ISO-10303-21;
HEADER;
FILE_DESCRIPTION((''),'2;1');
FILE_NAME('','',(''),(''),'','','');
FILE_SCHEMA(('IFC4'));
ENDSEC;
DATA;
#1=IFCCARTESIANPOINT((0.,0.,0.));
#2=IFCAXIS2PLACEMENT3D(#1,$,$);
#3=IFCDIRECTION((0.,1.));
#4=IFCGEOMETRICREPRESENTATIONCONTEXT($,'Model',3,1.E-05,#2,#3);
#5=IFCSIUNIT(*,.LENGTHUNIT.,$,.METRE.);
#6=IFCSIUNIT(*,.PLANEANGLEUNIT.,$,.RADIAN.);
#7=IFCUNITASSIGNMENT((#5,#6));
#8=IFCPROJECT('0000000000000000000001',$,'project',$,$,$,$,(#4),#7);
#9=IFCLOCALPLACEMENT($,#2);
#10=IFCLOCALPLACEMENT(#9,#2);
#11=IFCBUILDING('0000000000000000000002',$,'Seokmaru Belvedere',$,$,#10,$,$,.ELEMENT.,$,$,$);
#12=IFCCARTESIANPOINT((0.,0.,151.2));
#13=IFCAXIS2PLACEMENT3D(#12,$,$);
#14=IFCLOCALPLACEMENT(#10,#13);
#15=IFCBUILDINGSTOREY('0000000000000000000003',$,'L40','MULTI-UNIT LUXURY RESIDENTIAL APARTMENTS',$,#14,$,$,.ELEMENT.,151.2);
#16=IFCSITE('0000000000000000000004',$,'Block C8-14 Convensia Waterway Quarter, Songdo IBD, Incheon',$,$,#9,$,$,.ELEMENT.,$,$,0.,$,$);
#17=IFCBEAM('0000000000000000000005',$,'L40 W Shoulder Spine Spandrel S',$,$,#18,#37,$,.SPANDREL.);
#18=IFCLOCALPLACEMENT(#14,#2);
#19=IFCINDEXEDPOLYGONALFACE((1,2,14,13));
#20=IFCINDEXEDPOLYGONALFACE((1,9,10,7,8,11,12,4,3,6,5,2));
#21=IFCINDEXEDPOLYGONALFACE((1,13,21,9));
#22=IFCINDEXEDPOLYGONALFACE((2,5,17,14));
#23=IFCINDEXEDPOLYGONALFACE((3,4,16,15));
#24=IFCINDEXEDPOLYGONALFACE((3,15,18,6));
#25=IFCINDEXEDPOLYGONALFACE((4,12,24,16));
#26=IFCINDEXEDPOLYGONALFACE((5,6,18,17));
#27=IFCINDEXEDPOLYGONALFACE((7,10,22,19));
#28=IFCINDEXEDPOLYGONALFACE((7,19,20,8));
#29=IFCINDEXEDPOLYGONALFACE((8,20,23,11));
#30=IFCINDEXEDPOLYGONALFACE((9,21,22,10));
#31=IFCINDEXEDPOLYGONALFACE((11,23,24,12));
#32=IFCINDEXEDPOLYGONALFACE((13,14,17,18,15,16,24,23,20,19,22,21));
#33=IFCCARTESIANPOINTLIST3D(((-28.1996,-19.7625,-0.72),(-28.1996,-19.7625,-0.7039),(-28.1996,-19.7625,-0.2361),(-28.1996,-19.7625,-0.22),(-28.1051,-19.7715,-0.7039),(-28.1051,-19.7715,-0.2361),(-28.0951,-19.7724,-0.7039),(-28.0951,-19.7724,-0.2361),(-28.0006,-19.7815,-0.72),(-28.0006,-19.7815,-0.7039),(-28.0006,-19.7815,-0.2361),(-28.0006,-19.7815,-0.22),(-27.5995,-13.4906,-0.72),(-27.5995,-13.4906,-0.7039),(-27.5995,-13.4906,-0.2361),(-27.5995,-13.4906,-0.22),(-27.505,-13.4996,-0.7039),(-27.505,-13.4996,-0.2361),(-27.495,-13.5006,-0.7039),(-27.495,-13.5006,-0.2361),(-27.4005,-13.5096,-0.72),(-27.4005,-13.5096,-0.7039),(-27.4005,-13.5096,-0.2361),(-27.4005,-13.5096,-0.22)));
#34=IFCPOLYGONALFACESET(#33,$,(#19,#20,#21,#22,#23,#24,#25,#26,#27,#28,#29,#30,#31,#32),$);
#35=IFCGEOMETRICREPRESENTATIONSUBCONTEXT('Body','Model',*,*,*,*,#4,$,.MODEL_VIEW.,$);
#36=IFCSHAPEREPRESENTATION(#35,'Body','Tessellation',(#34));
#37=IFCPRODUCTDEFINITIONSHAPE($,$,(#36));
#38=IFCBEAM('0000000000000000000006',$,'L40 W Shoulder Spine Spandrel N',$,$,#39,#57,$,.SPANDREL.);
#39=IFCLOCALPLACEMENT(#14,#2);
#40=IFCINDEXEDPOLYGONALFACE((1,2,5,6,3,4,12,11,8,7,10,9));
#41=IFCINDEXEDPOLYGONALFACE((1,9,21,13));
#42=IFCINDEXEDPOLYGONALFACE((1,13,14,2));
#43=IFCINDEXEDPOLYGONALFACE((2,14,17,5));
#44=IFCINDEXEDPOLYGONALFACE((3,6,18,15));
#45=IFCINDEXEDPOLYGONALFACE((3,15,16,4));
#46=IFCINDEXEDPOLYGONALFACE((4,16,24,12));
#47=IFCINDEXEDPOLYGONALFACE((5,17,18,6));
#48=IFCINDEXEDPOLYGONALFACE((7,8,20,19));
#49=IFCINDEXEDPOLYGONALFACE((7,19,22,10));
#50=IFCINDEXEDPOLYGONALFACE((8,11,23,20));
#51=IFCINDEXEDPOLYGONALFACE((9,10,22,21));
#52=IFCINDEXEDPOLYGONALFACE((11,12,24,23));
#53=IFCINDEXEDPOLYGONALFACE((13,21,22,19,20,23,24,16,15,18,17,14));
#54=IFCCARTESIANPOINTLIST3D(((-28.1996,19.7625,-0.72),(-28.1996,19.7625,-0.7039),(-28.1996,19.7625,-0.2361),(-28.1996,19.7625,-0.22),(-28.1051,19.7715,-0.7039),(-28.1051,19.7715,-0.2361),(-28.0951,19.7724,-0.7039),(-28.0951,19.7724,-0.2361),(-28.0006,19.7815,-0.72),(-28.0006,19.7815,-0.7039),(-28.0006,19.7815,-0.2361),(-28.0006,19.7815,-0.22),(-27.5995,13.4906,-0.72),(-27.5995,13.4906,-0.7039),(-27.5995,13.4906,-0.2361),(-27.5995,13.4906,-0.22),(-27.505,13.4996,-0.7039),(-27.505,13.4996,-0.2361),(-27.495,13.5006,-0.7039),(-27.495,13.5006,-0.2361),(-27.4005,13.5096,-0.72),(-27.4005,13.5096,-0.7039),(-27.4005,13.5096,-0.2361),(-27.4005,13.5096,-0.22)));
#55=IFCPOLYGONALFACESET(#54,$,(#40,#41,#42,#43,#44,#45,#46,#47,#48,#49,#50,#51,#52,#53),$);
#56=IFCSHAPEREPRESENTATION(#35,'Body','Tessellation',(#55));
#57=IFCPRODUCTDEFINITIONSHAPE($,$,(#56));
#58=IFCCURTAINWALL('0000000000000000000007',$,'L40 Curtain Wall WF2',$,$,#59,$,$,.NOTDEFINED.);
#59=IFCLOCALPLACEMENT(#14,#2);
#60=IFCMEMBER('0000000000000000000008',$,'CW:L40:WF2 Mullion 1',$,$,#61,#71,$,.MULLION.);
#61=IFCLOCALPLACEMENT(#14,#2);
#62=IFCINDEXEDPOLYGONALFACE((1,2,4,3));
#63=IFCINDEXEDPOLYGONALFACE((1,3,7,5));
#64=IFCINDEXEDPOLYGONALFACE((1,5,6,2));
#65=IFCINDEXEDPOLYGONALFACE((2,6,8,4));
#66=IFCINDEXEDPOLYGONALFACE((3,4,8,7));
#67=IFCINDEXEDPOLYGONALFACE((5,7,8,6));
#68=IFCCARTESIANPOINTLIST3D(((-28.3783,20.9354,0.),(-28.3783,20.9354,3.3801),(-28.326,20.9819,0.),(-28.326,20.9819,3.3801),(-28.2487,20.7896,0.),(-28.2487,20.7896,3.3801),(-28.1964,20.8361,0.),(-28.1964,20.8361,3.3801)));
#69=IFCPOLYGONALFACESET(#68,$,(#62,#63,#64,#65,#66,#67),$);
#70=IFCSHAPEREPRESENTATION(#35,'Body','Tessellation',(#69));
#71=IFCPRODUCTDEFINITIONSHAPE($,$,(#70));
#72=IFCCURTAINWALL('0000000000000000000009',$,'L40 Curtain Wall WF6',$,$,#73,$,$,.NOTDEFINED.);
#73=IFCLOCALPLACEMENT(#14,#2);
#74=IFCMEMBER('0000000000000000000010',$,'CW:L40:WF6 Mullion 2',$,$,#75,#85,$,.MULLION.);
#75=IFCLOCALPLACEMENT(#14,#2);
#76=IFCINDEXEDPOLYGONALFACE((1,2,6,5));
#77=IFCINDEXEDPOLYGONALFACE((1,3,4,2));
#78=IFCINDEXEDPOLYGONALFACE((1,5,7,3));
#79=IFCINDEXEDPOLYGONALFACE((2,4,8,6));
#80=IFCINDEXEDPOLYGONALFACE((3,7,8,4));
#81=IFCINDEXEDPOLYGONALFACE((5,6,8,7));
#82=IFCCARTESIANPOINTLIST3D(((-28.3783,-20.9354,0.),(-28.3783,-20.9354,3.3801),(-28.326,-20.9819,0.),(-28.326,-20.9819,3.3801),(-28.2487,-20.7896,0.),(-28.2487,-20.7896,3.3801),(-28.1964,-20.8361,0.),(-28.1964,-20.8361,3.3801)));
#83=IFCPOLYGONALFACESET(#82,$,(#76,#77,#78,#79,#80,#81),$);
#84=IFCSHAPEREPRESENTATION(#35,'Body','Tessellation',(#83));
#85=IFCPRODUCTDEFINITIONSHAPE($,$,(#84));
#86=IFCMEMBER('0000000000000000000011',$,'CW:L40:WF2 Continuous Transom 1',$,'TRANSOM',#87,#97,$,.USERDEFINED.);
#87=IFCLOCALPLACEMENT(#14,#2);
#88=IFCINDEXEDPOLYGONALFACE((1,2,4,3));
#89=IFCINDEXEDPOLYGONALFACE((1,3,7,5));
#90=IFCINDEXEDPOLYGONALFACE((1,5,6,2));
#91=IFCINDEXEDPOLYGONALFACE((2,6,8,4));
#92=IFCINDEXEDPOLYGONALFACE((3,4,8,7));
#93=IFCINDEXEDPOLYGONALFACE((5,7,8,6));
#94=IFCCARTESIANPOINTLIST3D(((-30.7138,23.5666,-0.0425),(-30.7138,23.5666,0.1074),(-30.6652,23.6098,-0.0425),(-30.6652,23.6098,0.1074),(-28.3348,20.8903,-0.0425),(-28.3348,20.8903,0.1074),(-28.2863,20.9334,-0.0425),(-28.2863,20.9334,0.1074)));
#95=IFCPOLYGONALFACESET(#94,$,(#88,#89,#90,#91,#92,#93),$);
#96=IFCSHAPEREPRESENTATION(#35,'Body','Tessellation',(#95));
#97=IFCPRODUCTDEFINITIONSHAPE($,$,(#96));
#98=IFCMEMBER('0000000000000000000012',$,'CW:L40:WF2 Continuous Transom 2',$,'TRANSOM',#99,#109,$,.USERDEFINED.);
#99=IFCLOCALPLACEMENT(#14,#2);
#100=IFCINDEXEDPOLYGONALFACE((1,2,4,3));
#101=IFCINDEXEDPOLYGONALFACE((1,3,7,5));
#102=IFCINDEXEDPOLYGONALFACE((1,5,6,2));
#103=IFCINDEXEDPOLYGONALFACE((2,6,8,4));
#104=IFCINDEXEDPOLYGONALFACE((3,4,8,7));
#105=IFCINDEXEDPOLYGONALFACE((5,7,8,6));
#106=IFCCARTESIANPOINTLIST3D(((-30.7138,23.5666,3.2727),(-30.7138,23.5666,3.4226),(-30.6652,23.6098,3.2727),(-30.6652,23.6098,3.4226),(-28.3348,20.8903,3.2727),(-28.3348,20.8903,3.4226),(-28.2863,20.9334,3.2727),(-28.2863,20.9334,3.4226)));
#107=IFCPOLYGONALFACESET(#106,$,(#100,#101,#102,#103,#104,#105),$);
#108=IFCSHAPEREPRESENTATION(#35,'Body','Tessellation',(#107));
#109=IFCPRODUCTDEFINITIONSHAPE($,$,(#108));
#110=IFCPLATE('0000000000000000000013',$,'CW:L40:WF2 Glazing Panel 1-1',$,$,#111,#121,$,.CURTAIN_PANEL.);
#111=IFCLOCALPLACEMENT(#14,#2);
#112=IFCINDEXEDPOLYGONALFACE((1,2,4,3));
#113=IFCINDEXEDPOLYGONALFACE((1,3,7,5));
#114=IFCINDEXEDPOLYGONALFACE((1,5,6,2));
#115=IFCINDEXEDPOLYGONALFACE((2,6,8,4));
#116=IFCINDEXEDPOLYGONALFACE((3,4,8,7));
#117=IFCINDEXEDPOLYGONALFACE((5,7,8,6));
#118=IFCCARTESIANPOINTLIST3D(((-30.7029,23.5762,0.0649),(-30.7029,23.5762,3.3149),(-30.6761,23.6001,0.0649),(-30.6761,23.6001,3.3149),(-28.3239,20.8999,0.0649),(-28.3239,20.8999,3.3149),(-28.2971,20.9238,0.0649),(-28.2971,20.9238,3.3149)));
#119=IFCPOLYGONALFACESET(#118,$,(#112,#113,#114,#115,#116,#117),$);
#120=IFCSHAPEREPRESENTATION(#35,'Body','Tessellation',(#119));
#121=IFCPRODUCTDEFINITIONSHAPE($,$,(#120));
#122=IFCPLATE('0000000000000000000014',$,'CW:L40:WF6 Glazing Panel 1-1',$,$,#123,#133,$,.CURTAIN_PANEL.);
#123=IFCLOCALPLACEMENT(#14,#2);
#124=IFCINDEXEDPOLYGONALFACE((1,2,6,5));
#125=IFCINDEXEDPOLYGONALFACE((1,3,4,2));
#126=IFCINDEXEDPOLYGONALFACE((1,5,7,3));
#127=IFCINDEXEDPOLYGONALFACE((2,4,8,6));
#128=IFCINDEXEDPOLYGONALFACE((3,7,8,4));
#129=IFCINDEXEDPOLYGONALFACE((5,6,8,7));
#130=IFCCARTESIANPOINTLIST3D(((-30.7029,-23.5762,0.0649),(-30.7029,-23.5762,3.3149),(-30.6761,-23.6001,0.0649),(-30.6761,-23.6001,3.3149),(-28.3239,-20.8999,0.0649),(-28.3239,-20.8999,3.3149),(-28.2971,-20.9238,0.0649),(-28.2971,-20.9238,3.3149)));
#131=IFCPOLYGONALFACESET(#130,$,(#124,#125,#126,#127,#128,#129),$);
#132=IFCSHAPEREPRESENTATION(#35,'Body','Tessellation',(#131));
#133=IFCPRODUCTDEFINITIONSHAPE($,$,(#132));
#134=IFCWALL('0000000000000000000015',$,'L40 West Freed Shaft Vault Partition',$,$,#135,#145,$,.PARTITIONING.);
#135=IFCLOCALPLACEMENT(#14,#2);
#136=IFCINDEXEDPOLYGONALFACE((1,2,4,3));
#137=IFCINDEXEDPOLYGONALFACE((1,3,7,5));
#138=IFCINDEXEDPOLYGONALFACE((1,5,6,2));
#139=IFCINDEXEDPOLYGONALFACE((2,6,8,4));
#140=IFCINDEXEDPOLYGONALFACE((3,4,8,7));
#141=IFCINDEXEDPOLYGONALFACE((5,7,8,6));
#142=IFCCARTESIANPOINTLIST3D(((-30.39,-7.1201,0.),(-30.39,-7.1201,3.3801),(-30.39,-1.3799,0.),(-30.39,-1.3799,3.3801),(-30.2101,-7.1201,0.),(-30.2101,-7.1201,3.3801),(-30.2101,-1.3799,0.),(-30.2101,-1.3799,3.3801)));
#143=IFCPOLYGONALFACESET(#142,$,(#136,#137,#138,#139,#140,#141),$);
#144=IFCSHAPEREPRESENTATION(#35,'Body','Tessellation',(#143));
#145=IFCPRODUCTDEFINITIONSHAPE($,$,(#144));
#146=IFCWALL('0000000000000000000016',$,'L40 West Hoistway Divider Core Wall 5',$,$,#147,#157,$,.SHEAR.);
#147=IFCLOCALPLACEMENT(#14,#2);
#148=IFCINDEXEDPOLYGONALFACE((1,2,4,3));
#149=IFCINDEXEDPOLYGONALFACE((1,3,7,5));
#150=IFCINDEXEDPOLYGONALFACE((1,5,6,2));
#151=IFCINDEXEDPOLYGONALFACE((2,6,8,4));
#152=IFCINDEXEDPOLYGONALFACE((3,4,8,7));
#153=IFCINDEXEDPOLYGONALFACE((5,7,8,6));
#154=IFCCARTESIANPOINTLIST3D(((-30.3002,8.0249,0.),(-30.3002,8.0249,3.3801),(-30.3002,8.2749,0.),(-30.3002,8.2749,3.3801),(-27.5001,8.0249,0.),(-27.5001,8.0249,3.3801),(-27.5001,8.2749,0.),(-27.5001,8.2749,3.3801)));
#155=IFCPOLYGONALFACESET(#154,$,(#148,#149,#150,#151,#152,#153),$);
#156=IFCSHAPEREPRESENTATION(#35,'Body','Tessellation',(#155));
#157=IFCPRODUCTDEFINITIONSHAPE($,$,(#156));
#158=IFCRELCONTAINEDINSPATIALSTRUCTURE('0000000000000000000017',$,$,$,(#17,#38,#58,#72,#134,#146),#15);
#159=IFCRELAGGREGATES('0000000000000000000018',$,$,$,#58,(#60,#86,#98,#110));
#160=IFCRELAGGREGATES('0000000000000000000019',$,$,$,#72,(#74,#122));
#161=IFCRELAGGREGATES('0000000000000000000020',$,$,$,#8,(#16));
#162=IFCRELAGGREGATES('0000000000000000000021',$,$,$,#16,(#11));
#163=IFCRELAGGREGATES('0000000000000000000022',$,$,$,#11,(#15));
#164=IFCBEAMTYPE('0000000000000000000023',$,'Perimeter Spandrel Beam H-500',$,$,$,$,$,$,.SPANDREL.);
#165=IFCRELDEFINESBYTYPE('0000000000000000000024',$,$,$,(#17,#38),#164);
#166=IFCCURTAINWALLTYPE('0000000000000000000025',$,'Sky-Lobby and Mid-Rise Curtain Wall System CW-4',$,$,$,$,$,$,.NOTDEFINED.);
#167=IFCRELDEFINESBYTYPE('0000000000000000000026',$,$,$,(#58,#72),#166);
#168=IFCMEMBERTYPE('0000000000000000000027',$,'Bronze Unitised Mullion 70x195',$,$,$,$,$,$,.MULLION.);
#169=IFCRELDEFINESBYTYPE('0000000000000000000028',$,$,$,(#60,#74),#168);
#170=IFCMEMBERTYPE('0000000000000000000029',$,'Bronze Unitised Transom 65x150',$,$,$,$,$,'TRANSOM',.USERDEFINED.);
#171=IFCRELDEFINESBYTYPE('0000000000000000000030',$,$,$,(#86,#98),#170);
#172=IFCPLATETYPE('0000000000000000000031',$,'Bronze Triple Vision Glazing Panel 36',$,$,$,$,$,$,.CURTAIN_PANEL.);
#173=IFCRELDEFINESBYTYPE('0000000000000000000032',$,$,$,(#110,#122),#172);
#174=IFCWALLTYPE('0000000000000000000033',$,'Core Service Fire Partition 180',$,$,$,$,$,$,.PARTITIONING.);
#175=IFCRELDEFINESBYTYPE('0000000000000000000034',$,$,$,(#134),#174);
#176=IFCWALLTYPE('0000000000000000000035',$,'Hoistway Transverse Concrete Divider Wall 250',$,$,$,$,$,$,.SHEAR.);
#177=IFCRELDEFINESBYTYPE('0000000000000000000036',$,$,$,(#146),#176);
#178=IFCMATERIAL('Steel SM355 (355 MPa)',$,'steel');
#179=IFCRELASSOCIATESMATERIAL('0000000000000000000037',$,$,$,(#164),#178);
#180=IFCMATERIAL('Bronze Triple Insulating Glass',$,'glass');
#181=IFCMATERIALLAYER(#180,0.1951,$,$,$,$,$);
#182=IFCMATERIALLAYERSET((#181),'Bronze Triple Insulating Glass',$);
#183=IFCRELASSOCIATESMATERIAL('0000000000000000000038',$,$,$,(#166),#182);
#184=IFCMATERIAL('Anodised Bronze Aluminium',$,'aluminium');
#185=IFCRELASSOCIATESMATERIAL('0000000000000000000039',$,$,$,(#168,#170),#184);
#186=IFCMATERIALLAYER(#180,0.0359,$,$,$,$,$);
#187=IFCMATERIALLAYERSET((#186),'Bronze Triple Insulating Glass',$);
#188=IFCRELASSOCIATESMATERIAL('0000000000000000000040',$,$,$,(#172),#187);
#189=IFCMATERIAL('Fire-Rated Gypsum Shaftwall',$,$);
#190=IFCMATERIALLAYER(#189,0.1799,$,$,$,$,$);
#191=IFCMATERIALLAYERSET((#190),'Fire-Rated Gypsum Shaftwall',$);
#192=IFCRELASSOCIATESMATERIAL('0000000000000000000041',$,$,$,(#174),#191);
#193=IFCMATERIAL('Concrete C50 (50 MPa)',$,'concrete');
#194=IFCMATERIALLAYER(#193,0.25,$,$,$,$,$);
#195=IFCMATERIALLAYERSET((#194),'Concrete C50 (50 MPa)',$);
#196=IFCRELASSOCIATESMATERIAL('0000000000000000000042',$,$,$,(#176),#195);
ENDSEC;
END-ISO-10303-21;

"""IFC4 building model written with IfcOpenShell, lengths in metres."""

from ifc_helpers import new_model, si_unit, direction, frame, frame_2d, origin, origin_2d, place, context, subcontext, project, spatial, rectangle, i_section, extrude, source, transform, mapped, material, layer, layer_set, material_profile, profile_set, type_object, type_shapes, element, aggregate, save


model = new_model("IFC4")

# Units and contexts
model_context = context("Model", 3, precision=1e-05, world=origin(), true_north=direction((0.0, 1.0)))
body_context = subcontext(model_context, "Body", "Model", "MODEL_VIEW")
ifc_project = project(units=[si_unit("LENGTHUNIT", "METRE"), si_unit("PLANEANGLEUNIT", "RADIAN")], contexts=[model_context])

# Site, building, storey
site_placement = place(None, origin())
site = spatial("IfcSite", under=ifc_project, at=site_placement, Name="Block C8-14 Convensia Waterway Quarter, Songdo IBD, Incheon", CompositionType="ELEMENT", RefElevation=0.0)
building_placement = place(site_placement, origin())
building = spatial("IfcBuilding", under=site, at=building_placement, Name="Seokmaru Belvedere", CompositionType="ELEMENT")
storey_placement = place(building_placement, frame((0.0, 0.0, 151.2)))
storey = spatial("IfcBuildingStorey", under=building, at=storey_placement, Name="L40", Description="MULTI-UNIT LUXURY RESIDENTIAL APARTMENTS", CompositionType="ELEMENT", Elevation=151.2)

# Shared definitions
ifc_material_1 = material(Name="Steel SM355 (355 MPa)", Category="steel")

# Beams
ifc_material_profile_1 = material_profile(ifc_material_1, i_section(OverallWidth=0.2, OverallDepth=0.5, WebThickness=0.01, FlangeThickness=0.0161, at=origin_2d()), Name="H-500x200x10x16")
ifc_profile_set_1 = profile_set([ifc_material_profile_1], Name="Steel SM355 (355 MPa)")
beam_type = type_object("IfcBeamType", Name="Perimeter Spandrel Beam H-500", PredefinedType="SPANDREL", material=ifc_profile_set_1)
shared_shape_1 = source(origin(), body_context, "Body", "SweptSolid", [
    extrude(i_section(OverallWidth=0.2, OverallDepth=0.5, WebThickness=0.01, FlangeThickness=0.0161, at=origin_2d()), origin(), (0.0, 0.0, 1.0), 6.3005),
])
for number, where, z_axis, x_axis, name in (
    (1, (-28.1001, -19.772, -0.47), (0.095244, 0.995454, 0.0), (-0.995454, 0.095244, 0.0), "L40 W Shoulder Spine Spandrel S"),
    (2, (-28.1001, 19.772, -0.47), (0.095244, -0.995454, 0.0), (0.995454, 0.095244, 0.0), "L40 W Shoulder Spine Spandrel N"),
):
    element("IfcBeam", number, at=place(storey_placement, frame(where, z_axis=z_axis, x_axis=x_axis)), inside=storey, type_object=beam_type, Name=name, PredefinedType="SPANDREL", context=body_context, shape_type="MappedRepresentation", body=[
        mapped(shared_shape_1, transform((0.0, 0.0, 0.0), scale=1.0)),
    ])

# Curtain walls, members
ifc_material_2 = material(Name="Bronze Triple Insulating Glass", Category="glass")
ifc_layer_1 = layer(ifc_material_2, 0.1951)
ifc_layer_set_1 = layer_set([ifc_layer_1], Name="Bronze Triple Insulating Glass")
curtain_wall_type = type_object("IfcCurtainWallType", Name="Sky-Lobby and Mid-Rise Curtain Wall System CW-4", PredefinedType="NOTDEFINED", material=ifc_layer_set_1)
curtain_wall_1_placement = place(storey_placement, origin())
curtain_wall_1 = element("IfcCurtainWall", 3, at=curtain_wall_1_placement, inside=storey, type_object=curtain_wall_type, Name="L40 Curtain Wall WF2", PredefinedType="NOTDEFINED")
ifc_material_3 = material(Name="Anodised Bronze Aluminium", Category="aluminium")
ifc_material_profile_2 = material_profile(ifc_material_3, rectangle(XDim=0.0701, YDim=0.1951, at=origin_2d()), Name="CW-M-70x195")
ifc_profile_set_2 = profile_set([ifc_material_profile_2], Name="Anodised Bronze Aluminium")
member_type_1 = type_object("IfcMemberType", Name="Bronze Unitised Mullion 70x195", PredefinedType="MULLION", material=ifc_profile_set_2)
shared_shape_2 = source(origin(), body_context, "Body", "SweptSolid", [
    extrude(rectangle(XDim=0.0701, YDim=0.1951, at=origin_2d()), origin(), (0.0, 0.0, 1.0), 3.3801),
])
type_shapes(member_type_1, [shared_shape_2])
member_1_placement = place(storey_placement, frame((-28.2874, 20.8857, 0.0), z_axis=(0.0, 0.0, 1.0), x_axis=(-0.74741, -0.664363, 0.0)))
member_1 = element("IfcMember", 4, at=member_1_placement, type_object=member_type_1, Name="CW:L40:WF2 Mullion 1", PredefinedType="MULLION", context=body_context, shape_type="MappedRepresentation", body=[
    mapped(shared_shape_2, transform((0.0, 0.0, 0.0), scale=1.0)),
])
curtain_wall_2_placement = place(storey_placement, origin())
curtain_wall_2 = element("IfcCurtainWall", 5, at=curtain_wall_2_placement, inside=storey, type_object=curtain_wall_type, Name="L40 Curtain Wall WF6", PredefinedType="NOTDEFINED")
member_2_placement = place(storey_placement, frame((-28.2874, -20.8857, 0.0), z_axis=(0.0, 0.0, 1.0), x_axis=(-0.74741, 0.664363, 0.0)))
member_2 = element("IfcMember", 6, at=member_2_placement, type_object=member_type_1, Name="CW:L40:WF6 Mullion 2", PredefinedType="MULLION", context=body_context, shape_type="MappedRepresentation", body=[
    mapped(shared_shape_2, transform((0.0, 0.0, 0.0), scale=1.0)),
])

# Members
ifc_material_profile_3 = material_profile(ifc_material_3, rectangle(XDim=0.0649, YDim=0.1499, at=origin_2d()), Name="CW-T-65x150")
ifc_profile_set_3 = profile_set([ifc_material_profile_3], Name="Anodised Bronze Aluminium")
member_type_2 = type_object("IfcMemberType", Name="Bronze Unitised Transom 65x150", ElementType="TRANSOM", PredefinedType="USERDEFINED", material=ifc_profile_set_3)
shared_shape_3 = source(origin(), body_context, "Body", "SweptSolid", [
    extrude(rectangle(XDim=0.0649, YDim=0.1499, at=origin_2d()), origin(), (0.0, 0.0, 1.0), 3.5808),
])
type_shapes(member_type_2, [shared_shape_3])
member_3_placement = place(storey_placement, frame((-28.3105, 20.9119, 0.0325), z_axis=(-0.664364, 0.747409, 0.0), x_axis=(-0.747409, -0.664364, 0.0)))
member_3 = element("IfcMember", 7, at=member_3_placement, type_object=member_type_2, Name="CW:L40:WF2 Continuous Transom 1", ObjectType="TRANSOM", PredefinedType="USERDEFINED", context=body_context, shape_type="MappedRepresentation", body=[
    mapped(shared_shape_3, transform((0.0, 0.0, 0.0), scale=1.0)),
])
member_4_placement = place(storey_placement, frame((-28.3105, 20.9119, 3.3477), z_axis=(-0.664364, 0.747409, 0.0), x_axis=(-0.747409, -0.664364, 0.0)))
member_4 = element("IfcMember", 8, at=member_4_placement, type_object=member_type_2, Name="CW:L40:WF2 Continuous Transom 2", ObjectType="TRANSOM", PredefinedType="USERDEFINED", context=body_context, shape_type="MappedRepresentation", body=[
    mapped(shared_shape_3, transform((0.0, 0.0, 0.0), scale=1.0)),
])

# Plates
ifc_layer_2 = layer(ifc_material_2, 0.0359)
ifc_layer_set_2 = layer_set([ifc_layer_2], Name="Bronze Triple Insulating Glass")
plate_type = type_object("IfcPlateType", Name="Bronze Triple Vision Glazing Panel 36", PredefinedType="CURTAIN_PANEL", material=ifc_layer_set_2)
shared_shape_4 = source(origin(), body_context, "Body", "SweptSolid", [
    extrude(rectangle(XDim=3.5808, YDim=0.0359, at=origin_2d()), origin(), (0.0, 0.0, 1.0), 3.25),
])
type_shapes(plate_type, [shared_shape_4])
plate_1_placement = place(storey_placement, frame((-29.5, 22.25, 0.0649), z_axis=(0.0, 0.0, 1.0), x_axis=(-0.664363, 0.74741, 0.0)))
plate_1 = element("IfcPlate", 9, at=plate_1_placement, type_object=plate_type, Name="CW:L40:WF2 Glazing Panel 1-1", PredefinedType="CURTAIN_PANEL", context=body_context, shape_type="MappedRepresentation", body=[
    mapped(shared_shape_4, transform((0.0, 0.0, 0.0), scale=1.0)),
])
aggregate(curtain_wall_1, [member_1, member_3, member_4, plate_1])
plate_2_placement = place(storey_placement, frame((-29.5, -22.25, 0.0649), z_axis=(0.0, 0.0, 1.0), x_axis=(0.664363, 0.74741, 0.0)))
plate_2 = element("IfcPlate", 10, at=plate_2_placement, type_object=plate_type, Name="CW:L40:WF6 Glazing Panel 1-1", PredefinedType="CURTAIN_PANEL", context=body_context, shape_type="MappedRepresentation", body=[
    mapped(shared_shape_4, transform((0.0, 0.0, 0.0), scale=1.0)),
])
aggregate(curtain_wall_2, [member_2, plate_2])

# Shared definitions
ifc_material_4 = material(Name="Fire-Rated Gypsum Shaftwall")
ifc_layer_3 = layer(ifc_material_4, 0.1799)
ifc_layer_set_3 = layer_set([ifc_layer_3], Name="Fire-Rated Gypsum Shaftwall")
wall_type_1 = type_object("IfcWallType", Name="Core Service Fire Partition 180", PredefinedType="PARTITIONING", material=ifc_layer_set_3)

# Walls
wall_1_placement = place(storey_placement, frame((-30.3, -7.1201, 0.0), z_axis=(0.0, 0.0, 1.0), x_axis=(0.0, 1.0, 0.0)))
element("IfcWall", 11, at=wall_1_placement, inside=storey, type_object=wall_type_1, Name="L40 West Freed Shaft Vault Partition", PredefinedType="PARTITIONING", context=body_context, shape_type="SweptSolid", body=[
    extrude(rectangle(XDim=5.7402, YDim=0.1799, at=frame_2d((2.8701, 0.0))), origin(), (0.0, 0.0, 1.0), 3.3801),
])
ifc_material_5 = material(Name="Concrete C50 (50 MPa)", Category="concrete")
ifc_layer_4 = layer(ifc_material_5, 0.25)
ifc_layer_set_4 = layer_set([ifc_layer_4], Name="Concrete C50 (50 MPa)")
wall_type_2 = type_object("IfcWallType", Name="Hoistway Transverse Concrete Divider Wall 250", PredefinedType="SHEAR", material=ifc_layer_set_4)
wall_2_placement = place(storey_placement, frame((-30.3, 8.1499, 0.0), z_axis=(0.0, 0.0, 1.0), x_axis=(1.0, 0.0, 0.0)))
element("IfcWall", 12, at=wall_2_placement, inside=storey, type_object=wall_type_2, Name="L40 West Hoistway Divider Core Wall 5", PredefinedType="SHEAR", context=body_context, shape_type="SweptSolid", body=[
    extrude(rectangle(XDim=2.8, YDim=0.25, at=frame_2d((1.3999, 0.0))), origin(), (0.0, 0.0, 1.0), 3.3801),
])

save(model, "model.ifc")
